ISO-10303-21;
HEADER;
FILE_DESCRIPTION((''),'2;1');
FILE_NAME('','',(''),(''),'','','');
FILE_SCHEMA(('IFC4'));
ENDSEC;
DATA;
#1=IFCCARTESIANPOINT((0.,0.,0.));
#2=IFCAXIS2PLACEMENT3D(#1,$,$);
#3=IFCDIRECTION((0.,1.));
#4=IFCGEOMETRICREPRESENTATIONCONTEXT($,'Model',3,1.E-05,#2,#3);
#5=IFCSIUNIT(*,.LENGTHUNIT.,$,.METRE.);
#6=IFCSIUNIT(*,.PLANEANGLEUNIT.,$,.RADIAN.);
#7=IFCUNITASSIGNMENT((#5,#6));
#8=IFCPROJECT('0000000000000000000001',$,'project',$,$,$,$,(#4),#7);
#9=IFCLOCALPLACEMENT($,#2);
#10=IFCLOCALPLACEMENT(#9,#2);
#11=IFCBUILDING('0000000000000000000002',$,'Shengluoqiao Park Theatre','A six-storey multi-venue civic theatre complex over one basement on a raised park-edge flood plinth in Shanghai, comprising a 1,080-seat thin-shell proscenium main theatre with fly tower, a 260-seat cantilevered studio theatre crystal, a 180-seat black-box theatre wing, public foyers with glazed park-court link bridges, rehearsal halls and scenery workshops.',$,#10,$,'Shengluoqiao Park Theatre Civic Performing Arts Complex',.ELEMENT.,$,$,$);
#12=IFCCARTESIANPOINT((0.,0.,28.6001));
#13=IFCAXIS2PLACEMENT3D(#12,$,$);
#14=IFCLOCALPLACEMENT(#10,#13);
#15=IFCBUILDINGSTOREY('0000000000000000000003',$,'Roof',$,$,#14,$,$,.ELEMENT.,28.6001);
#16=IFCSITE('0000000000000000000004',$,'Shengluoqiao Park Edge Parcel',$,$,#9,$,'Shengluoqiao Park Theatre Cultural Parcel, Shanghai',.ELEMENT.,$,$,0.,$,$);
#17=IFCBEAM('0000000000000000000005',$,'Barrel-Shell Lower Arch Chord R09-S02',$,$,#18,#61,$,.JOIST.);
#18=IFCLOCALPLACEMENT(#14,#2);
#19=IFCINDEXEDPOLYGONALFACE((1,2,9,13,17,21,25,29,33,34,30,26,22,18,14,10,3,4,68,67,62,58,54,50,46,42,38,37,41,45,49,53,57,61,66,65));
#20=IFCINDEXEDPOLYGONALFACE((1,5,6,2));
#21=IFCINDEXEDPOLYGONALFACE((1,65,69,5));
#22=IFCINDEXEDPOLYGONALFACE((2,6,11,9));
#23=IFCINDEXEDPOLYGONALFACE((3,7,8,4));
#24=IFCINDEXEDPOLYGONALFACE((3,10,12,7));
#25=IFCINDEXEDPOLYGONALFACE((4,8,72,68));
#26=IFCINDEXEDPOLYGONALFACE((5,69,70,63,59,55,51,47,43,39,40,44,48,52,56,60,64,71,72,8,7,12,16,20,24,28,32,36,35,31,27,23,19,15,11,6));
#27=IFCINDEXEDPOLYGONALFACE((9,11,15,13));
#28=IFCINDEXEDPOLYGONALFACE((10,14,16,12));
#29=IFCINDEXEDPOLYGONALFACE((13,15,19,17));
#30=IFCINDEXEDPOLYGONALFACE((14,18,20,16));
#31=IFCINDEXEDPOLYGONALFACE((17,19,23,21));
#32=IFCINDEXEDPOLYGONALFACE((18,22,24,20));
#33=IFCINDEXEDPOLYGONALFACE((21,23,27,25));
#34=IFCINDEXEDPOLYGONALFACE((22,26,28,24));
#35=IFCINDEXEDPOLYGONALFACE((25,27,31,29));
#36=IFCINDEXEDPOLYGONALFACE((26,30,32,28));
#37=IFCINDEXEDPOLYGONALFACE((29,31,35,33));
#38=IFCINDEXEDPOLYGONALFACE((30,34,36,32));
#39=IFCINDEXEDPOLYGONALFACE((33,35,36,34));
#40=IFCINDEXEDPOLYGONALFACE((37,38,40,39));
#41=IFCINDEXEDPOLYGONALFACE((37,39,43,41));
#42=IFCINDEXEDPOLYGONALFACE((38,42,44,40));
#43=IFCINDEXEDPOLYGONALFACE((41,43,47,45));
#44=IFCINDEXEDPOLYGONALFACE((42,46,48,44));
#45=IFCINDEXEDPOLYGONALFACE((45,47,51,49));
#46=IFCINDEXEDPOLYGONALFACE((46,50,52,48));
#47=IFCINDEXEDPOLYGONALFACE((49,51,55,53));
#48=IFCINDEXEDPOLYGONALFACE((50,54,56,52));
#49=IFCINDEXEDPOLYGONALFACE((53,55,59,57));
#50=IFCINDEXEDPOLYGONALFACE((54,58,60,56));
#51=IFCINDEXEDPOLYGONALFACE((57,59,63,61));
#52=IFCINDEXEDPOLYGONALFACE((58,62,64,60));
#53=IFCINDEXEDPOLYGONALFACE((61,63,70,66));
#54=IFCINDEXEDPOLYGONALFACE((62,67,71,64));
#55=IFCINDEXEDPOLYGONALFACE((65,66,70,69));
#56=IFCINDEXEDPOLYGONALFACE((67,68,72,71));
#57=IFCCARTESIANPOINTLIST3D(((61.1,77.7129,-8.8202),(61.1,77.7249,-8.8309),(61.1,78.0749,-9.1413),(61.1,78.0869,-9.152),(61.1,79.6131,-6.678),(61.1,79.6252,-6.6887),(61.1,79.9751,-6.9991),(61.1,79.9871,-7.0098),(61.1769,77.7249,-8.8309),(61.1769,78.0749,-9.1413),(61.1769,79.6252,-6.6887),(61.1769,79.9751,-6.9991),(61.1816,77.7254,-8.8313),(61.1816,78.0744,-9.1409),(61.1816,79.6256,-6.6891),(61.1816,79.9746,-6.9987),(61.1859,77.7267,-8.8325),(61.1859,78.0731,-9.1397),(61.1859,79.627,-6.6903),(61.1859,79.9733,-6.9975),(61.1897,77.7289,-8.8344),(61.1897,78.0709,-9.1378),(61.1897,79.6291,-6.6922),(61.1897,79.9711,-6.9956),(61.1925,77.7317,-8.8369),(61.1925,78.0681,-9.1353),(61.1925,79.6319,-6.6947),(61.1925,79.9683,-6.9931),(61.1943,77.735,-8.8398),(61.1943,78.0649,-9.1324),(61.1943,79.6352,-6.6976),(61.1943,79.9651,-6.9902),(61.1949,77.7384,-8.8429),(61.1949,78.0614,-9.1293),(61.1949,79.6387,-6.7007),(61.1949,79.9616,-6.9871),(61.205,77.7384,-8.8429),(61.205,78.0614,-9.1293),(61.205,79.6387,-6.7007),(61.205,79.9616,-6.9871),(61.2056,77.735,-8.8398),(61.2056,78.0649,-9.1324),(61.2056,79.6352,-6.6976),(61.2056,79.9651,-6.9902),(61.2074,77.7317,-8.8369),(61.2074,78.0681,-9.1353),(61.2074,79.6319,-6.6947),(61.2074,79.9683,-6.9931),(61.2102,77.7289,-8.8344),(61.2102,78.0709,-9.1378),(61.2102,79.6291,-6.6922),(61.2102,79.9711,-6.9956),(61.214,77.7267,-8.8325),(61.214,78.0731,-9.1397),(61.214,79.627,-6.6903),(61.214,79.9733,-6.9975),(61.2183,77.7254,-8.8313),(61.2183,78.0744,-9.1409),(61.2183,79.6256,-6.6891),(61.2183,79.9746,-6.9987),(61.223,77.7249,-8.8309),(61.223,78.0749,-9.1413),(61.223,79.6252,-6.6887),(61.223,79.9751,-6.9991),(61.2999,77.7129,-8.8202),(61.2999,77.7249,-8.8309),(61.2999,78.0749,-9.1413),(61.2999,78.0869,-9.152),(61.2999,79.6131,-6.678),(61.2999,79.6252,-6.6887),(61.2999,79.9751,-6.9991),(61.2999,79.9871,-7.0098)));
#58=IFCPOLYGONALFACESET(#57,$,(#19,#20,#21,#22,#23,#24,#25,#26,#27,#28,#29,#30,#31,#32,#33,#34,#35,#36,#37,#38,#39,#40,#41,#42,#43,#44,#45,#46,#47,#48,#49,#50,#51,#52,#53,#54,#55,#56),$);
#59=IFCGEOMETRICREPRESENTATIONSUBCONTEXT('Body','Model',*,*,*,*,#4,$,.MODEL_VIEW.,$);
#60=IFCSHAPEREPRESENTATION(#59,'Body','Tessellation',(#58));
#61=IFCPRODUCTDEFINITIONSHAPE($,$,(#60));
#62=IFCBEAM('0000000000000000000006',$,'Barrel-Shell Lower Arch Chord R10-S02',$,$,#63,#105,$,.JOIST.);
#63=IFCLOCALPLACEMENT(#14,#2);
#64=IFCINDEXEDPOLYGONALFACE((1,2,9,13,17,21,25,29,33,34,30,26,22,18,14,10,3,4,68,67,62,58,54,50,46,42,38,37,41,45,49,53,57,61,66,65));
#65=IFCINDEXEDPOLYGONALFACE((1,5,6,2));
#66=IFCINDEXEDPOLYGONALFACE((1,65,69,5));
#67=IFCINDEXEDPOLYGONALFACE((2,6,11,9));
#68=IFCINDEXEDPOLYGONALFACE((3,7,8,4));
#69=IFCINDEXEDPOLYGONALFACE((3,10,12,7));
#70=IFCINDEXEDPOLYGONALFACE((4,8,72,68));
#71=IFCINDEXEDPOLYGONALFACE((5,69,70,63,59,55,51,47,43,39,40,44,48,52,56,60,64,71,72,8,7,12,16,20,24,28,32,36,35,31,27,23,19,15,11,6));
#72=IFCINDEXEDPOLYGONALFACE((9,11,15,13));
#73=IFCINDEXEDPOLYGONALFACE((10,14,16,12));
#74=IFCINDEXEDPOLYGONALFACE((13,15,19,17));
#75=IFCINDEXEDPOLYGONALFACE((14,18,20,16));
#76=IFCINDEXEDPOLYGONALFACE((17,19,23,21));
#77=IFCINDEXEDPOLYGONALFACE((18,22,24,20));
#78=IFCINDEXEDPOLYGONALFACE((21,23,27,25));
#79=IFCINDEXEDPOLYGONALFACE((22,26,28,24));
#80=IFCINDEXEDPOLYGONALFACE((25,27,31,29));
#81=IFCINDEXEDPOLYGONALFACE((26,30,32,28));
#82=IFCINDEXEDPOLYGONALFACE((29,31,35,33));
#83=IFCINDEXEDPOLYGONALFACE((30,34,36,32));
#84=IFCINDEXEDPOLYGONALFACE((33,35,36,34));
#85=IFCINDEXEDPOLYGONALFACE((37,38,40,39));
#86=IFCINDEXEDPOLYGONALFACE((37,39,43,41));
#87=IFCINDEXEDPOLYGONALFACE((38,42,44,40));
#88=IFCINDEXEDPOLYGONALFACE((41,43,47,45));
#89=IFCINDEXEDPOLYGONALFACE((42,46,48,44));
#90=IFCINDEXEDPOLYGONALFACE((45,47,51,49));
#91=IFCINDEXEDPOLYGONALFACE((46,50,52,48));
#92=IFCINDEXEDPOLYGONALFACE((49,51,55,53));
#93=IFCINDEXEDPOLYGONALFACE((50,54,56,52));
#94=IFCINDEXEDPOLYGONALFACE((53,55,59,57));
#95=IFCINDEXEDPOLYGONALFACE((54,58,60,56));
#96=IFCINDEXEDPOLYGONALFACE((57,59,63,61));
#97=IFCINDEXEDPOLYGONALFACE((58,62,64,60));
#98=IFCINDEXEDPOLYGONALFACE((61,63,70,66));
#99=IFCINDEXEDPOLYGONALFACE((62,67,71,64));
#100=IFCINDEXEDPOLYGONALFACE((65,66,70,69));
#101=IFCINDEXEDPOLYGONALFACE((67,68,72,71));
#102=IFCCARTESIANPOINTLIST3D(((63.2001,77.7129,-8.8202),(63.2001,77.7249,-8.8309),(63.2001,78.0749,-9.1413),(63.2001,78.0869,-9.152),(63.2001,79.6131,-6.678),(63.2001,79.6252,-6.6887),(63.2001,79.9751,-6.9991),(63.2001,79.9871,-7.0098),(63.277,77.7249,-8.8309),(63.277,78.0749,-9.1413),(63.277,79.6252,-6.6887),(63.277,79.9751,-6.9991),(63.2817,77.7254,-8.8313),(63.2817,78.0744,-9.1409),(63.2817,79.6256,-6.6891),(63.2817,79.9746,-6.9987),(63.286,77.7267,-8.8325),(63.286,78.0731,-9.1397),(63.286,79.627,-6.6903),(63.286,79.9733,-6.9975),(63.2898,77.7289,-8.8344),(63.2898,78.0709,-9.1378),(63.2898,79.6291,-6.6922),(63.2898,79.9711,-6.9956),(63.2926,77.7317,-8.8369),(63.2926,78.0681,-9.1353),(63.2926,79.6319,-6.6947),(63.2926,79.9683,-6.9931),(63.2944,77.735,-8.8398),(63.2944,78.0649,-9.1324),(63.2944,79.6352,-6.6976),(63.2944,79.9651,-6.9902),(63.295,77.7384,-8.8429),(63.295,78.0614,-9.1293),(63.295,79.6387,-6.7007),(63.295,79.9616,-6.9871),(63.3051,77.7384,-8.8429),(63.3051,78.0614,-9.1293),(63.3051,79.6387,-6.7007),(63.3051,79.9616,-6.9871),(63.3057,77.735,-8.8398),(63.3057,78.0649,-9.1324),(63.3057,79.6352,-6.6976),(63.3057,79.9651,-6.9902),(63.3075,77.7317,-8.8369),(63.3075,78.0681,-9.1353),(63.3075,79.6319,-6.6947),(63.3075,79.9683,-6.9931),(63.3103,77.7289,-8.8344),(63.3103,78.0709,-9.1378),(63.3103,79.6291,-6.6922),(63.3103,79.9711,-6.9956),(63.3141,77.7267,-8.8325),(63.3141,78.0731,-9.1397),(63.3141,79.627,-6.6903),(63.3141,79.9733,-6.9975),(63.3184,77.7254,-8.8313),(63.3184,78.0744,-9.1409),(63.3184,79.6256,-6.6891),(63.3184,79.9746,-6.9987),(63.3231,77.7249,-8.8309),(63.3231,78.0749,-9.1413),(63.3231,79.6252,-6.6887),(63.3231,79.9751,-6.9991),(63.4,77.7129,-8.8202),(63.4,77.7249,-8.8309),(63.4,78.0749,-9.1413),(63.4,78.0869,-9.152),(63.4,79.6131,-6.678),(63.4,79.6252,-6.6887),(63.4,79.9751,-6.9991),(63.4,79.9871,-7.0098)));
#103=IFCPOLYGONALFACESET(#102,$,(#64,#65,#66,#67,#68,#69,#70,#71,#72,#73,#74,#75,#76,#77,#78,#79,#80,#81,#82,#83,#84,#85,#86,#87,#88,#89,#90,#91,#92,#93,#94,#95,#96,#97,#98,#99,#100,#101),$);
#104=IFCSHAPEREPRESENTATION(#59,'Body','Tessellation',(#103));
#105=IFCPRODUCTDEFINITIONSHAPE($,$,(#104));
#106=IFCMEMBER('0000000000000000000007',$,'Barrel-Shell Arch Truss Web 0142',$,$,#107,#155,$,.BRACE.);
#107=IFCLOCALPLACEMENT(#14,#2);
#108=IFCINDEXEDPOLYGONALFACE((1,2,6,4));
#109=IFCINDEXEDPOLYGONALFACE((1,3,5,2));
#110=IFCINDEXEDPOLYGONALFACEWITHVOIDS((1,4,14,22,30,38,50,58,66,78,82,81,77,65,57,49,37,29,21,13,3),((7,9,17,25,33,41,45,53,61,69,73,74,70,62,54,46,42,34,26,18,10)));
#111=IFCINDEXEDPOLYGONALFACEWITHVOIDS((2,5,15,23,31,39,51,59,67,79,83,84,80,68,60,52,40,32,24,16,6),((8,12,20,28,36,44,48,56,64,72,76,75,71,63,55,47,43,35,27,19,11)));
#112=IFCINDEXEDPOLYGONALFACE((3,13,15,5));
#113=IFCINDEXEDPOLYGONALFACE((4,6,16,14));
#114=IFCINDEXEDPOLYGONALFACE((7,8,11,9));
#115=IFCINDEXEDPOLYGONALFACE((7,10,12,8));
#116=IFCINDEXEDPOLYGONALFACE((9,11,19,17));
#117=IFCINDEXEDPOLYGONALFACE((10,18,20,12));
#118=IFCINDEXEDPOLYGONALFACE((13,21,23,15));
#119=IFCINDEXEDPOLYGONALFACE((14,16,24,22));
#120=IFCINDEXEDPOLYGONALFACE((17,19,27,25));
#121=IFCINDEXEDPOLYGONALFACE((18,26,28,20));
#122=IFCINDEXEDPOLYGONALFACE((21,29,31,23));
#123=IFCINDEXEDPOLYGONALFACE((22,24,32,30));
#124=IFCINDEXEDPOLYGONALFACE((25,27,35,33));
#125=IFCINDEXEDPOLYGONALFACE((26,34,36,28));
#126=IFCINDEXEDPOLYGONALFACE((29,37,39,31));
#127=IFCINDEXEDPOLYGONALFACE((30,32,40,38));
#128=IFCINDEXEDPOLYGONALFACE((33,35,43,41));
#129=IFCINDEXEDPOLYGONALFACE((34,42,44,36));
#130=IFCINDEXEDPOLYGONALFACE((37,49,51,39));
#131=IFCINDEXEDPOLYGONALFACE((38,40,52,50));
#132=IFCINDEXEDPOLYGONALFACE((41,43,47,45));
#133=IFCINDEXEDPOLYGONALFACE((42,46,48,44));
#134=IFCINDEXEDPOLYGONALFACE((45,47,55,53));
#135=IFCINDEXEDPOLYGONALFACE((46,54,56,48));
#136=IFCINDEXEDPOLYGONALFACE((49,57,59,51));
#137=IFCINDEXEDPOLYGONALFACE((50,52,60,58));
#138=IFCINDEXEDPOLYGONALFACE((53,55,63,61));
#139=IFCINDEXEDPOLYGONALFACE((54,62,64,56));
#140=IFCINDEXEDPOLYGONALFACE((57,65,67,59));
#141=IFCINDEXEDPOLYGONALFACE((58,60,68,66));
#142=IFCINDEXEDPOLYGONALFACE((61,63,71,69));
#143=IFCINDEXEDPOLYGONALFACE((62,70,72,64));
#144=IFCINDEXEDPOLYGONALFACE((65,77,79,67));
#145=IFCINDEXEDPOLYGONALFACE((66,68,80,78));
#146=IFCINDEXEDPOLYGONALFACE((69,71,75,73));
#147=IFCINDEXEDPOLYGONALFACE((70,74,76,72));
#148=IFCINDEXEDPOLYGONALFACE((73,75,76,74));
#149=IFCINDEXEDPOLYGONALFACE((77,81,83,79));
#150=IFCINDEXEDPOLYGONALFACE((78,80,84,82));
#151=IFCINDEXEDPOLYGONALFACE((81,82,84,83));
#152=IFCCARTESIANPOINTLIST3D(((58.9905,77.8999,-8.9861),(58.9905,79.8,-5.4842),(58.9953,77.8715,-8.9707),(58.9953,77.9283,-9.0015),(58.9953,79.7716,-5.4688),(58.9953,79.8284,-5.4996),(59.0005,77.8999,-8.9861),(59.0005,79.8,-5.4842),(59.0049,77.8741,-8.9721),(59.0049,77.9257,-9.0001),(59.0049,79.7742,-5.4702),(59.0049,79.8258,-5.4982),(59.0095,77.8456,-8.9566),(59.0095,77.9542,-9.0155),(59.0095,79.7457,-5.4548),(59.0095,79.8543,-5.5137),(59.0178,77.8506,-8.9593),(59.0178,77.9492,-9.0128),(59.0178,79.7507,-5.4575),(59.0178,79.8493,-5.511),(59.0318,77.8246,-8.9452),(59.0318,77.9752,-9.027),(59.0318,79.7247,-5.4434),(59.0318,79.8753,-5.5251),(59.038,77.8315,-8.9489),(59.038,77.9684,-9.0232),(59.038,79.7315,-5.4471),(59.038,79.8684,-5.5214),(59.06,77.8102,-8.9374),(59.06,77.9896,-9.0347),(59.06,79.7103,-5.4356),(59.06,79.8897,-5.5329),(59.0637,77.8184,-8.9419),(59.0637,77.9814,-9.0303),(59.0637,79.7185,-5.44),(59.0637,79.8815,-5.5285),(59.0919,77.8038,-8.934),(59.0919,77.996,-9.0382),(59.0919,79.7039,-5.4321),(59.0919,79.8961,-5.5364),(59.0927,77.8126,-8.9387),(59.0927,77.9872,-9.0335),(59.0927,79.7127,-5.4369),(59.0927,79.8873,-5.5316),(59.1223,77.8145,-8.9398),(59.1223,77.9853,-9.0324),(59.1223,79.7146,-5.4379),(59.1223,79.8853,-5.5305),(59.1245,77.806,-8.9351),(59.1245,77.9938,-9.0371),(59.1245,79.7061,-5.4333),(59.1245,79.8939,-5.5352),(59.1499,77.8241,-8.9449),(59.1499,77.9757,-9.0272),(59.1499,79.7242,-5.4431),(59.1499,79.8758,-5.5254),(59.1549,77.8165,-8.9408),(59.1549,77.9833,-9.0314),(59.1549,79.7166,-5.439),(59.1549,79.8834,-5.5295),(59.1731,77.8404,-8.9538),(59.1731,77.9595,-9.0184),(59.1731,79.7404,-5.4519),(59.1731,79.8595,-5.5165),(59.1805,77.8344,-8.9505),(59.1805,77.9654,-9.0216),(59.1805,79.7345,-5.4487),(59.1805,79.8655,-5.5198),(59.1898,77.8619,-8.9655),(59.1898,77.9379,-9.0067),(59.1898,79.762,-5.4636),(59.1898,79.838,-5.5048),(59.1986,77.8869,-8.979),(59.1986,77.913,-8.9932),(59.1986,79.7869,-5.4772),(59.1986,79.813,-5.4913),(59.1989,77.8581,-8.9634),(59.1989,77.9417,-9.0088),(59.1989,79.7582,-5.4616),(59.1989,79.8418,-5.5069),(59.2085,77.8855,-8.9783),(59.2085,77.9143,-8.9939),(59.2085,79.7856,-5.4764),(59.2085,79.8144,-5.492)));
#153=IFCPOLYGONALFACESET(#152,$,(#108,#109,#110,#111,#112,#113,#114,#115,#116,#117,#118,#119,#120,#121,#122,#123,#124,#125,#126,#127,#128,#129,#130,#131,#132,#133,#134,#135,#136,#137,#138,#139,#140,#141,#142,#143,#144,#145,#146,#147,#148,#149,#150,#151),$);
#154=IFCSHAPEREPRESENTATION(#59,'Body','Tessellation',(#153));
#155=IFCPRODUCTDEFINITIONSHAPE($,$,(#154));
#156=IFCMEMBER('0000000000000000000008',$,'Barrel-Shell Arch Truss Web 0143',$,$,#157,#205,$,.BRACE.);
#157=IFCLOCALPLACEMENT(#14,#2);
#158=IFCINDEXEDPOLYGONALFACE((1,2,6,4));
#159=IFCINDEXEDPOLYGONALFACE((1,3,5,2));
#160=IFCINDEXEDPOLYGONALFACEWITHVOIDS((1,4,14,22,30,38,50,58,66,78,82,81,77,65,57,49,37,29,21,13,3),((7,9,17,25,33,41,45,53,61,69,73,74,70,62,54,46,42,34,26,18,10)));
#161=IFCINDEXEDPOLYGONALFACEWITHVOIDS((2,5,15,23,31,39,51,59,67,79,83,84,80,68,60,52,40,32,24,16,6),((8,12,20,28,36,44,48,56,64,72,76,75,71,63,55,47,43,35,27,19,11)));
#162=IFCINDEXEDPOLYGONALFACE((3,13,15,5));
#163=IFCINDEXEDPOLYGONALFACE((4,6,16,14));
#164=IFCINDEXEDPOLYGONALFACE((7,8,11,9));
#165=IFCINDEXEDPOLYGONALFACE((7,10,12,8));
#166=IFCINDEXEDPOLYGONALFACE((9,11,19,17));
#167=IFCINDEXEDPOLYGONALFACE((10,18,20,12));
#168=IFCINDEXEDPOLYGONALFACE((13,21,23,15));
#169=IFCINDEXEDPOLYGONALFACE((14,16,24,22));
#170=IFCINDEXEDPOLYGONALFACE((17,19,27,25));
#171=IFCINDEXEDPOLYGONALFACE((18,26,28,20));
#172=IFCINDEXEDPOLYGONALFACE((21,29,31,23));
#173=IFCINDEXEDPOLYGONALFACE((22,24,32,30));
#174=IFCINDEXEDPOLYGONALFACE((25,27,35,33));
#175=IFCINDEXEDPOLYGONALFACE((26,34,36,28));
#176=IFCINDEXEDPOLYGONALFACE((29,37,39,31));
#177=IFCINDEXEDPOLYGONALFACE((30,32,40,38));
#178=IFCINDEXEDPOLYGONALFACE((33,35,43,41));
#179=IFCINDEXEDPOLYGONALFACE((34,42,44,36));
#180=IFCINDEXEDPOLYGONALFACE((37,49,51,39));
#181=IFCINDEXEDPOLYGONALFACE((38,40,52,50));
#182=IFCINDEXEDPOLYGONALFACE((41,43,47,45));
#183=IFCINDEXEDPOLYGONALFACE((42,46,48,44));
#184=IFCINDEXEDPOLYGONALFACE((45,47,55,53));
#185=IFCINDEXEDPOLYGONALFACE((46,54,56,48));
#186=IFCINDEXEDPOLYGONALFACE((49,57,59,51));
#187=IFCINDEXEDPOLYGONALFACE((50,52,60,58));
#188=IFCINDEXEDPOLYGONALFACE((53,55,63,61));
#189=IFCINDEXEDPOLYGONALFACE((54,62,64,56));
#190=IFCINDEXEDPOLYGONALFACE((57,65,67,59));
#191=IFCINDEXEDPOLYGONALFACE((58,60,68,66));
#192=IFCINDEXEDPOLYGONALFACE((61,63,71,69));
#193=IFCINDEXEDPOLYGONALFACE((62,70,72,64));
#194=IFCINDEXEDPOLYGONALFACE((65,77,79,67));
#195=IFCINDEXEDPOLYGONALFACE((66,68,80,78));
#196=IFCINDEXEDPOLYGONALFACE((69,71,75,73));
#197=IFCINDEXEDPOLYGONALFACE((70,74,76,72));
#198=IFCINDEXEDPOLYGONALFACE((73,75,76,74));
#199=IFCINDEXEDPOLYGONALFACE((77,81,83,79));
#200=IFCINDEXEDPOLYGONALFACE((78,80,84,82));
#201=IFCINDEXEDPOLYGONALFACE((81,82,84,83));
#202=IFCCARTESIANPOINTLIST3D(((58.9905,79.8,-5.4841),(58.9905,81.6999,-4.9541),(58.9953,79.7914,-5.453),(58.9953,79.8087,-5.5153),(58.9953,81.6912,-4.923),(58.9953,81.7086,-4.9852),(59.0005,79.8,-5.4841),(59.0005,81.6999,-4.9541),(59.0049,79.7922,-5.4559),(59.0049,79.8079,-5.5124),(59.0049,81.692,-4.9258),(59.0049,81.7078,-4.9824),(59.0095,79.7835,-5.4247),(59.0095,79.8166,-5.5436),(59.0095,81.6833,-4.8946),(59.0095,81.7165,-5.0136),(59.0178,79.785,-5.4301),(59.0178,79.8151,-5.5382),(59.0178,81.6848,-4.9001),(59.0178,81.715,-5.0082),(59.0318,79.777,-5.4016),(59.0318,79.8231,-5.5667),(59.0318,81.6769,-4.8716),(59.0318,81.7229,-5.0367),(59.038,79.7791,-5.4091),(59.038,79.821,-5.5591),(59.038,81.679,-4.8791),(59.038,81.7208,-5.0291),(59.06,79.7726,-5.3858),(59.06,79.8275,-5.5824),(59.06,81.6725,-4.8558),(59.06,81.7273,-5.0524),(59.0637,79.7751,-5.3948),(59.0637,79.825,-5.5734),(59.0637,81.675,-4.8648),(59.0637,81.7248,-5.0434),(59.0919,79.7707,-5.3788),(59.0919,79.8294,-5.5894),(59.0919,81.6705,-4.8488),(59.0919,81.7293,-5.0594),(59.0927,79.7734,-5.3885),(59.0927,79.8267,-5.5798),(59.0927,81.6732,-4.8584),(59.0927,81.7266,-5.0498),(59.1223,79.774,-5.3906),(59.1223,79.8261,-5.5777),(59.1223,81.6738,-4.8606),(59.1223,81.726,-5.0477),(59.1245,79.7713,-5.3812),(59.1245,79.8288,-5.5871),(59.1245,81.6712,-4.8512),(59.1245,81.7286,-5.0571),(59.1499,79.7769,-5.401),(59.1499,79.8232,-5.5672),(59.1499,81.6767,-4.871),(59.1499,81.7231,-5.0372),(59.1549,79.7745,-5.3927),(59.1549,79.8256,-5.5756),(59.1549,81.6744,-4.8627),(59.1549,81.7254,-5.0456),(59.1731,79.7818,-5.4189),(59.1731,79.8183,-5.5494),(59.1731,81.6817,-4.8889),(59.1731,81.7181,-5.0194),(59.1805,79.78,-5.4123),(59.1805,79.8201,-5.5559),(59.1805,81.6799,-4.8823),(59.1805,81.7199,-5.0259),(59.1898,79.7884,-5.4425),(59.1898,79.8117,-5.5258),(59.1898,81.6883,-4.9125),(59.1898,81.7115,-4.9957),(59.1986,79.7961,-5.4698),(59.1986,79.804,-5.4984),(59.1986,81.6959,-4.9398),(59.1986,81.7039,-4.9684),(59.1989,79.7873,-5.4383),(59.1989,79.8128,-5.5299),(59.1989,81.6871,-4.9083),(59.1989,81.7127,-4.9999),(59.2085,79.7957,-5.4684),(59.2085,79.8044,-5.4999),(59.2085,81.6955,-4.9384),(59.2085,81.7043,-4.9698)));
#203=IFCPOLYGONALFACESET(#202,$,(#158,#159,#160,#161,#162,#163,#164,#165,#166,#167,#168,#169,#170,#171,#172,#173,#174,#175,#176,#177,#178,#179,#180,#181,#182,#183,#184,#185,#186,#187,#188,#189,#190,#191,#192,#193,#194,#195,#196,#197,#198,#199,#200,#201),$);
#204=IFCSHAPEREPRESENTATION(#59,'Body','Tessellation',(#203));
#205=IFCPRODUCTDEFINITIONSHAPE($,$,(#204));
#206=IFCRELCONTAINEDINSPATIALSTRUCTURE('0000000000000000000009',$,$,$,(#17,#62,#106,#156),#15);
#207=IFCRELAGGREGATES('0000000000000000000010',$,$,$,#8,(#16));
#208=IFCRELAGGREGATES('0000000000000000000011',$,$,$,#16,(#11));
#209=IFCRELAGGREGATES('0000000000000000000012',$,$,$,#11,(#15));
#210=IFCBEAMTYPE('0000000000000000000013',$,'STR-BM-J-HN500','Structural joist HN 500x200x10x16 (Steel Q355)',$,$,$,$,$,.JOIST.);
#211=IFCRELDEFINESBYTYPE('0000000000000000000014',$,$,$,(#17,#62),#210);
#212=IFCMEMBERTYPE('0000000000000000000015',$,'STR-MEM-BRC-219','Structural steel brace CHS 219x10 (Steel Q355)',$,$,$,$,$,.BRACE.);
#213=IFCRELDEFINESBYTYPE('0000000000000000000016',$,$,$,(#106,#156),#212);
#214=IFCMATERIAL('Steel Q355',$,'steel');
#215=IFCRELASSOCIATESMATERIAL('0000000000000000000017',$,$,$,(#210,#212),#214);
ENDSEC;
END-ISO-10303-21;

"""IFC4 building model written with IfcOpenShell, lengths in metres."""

from ifc_helpers import new_model, si_unit, direction, frame, origin, origin_2d, place, context, subcontext, project, spatial, hollow_circle, i_section, extrude, material, material_profile, profile_set, type_object, element, save


model = new_model("IFC4")

# Units and contexts
model_context = context("Model", 3, precision=1e-05, world=origin(), true_north=direction((0.0, 1.0)))
body_context = subcontext(model_context, "Body", "Model", "MODEL_VIEW")
ifc_project = project(units=[si_unit("LENGTHUNIT", "METRE"), si_unit("PLANEANGLEUNIT", "RADIAN")], contexts=[model_context])

# Site, building, storey
site_placement = place(None, origin())
site = spatial("IfcSite", under=ifc_project, at=site_placement, Name="Shengluoqiao Park Edge Parcel", LongName="Shengluoqiao Park Theatre Cultural Parcel, Shanghai", CompositionType="ELEMENT", RefElevation=0.0)
building_placement = place(site_placement, origin())
building = spatial("IfcBuilding", under=site, at=building_placement, Name="Shengluoqiao Park Theatre", Description="A six-storey multi-venue civic theatre complex over one basement on a raised park-edge flood plinth in Shanghai, comprising a 1,080-seat thin-shell proscenium main theatre with fly tower, a 260-seat cantilevered studio theatre crystal, a 180-seat black-box theatre wing, public foyers with glazed park-court link bridges, rehearsal halls and scenery workshops.", LongName="Shengluoqiao Park Theatre Civic Performing Arts Complex", CompositionType="ELEMENT")
storey_placement = place(building_placement, frame((0.0, 0.0, 28.6001)))
storey = spatial("IfcBuildingStorey", under=building, at=storey_placement, Name="Roof", CompositionType="ELEMENT", Elevation=28.6001)

# Beams
ifc_material_1 = material(Name="Steel Q355", Category="steel")
ifc_material_profile_1 = material_profile(ifc_material_1, i_section(OverallWidth=0.2, OverallDepth=0.5, WebThickness=0.01, FlangeThickness=0.0161, FilletRadius=0.0181, at=origin_2d()), Name="HN 500x200x10x16")
ifc_profile_set_1 = profile_set([ifc_material_profile_1], Name="Steel Q355")
beam_type_1 = type_object("IfcBeamType", Name="STR-BM-J-HN500", Description="Structural joist HN 500x200x10x16 (Steel Q355)", PredefinedType="JOIST", material=ifc_profile_set_1)
for number, where, z_axis, x_axis, name in (
    (1, (61.2, 77.8999, -8.9861), (0.0, 0.663596, 0.748091), (-1.0, 0.0, 0.0), "Barrel-Shell Lower Arch Chord R09-S02"),
    (2, (63.3, 77.8999, -8.9861), (0.0, 0.663596, 0.748091), (-1.0, 0.0, 0.0), "Barrel-Shell Lower Arch Chord R10-S02"),
):
    element("IfcBeam", number, at=place(storey_placement, frame(where, z_axis=z_axis, x_axis=x_axis)), inside=storey, type_object=beam_type_1, Name=name, PredefinedType="JOIST", context=body_context, shape_type="SweptSolid", body=[
        extrude(i_section(OverallWidth=0.2, OverallDepth=0.5, WebThickness=0.01, FlangeThickness=0.0161, FilletRadius=0.0181, at=origin_2d()), origin(), (0.0, 0.0, 1.0), 2.8635),
    ])

# Members
ifc_material_profile_2 = material_profile(ifc_material_1, hollow_circle(Radius=0.1096, WallThickness=0.01, at=origin_2d()), Name="CHS 219x10")
ifc_profile_set_2 = profile_set([ifc_material_profile_2], Name="Steel Q355")
member_type_1 = type_object("IfcMemberType", Name="STR-MEM-BRC-219", Description="Structural steel brace CHS 219x10 (Steel Q355)", PredefinedType="BRACE", material=ifc_profile_set_2)
member_1_placement = place(storey_placement, frame((59.1001, 77.8999, -8.9861), z_axis=(0.0, 0.476915, 0.87895), x_axis=(-1.0, 0.0, 0.0)))
element("IfcMember", 3, at=member_1_placement, inside=storey, type_object=member_type_1, Name="Barrel-Shell Arch Truss Web 0142", PredefinedType="BRACE", context=body_context, shape_type="SweptSolid", body=[
    extrude(hollow_circle(Radius=0.1096, WallThickness=0.01, at=origin_2d()), origin(), (0.0, 0.0, 1.0), 3.9841),
])
member_2_placement = place(storey_placement, frame((59.1001, 79.8, -5.4841), z_axis=(0.0, 0.963219, 0.268716), x_axis=(-1.0, 0.0, 0.0)))
element("IfcMember", 4, at=member_2_placement, inside=storey, type_object=member_type_1, Name="Barrel-Shell Arch Truss Web 0143", PredefinedType="BRACE", context=body_context, shape_type="SweptSolid", body=[
    extrude(hollow_circle(Radius=0.1096, WallThickness=0.01, at=origin_2d()), origin(), (0.0, 0.0, 1.0), 1.9724),
])

save(model, "model.ifc")
